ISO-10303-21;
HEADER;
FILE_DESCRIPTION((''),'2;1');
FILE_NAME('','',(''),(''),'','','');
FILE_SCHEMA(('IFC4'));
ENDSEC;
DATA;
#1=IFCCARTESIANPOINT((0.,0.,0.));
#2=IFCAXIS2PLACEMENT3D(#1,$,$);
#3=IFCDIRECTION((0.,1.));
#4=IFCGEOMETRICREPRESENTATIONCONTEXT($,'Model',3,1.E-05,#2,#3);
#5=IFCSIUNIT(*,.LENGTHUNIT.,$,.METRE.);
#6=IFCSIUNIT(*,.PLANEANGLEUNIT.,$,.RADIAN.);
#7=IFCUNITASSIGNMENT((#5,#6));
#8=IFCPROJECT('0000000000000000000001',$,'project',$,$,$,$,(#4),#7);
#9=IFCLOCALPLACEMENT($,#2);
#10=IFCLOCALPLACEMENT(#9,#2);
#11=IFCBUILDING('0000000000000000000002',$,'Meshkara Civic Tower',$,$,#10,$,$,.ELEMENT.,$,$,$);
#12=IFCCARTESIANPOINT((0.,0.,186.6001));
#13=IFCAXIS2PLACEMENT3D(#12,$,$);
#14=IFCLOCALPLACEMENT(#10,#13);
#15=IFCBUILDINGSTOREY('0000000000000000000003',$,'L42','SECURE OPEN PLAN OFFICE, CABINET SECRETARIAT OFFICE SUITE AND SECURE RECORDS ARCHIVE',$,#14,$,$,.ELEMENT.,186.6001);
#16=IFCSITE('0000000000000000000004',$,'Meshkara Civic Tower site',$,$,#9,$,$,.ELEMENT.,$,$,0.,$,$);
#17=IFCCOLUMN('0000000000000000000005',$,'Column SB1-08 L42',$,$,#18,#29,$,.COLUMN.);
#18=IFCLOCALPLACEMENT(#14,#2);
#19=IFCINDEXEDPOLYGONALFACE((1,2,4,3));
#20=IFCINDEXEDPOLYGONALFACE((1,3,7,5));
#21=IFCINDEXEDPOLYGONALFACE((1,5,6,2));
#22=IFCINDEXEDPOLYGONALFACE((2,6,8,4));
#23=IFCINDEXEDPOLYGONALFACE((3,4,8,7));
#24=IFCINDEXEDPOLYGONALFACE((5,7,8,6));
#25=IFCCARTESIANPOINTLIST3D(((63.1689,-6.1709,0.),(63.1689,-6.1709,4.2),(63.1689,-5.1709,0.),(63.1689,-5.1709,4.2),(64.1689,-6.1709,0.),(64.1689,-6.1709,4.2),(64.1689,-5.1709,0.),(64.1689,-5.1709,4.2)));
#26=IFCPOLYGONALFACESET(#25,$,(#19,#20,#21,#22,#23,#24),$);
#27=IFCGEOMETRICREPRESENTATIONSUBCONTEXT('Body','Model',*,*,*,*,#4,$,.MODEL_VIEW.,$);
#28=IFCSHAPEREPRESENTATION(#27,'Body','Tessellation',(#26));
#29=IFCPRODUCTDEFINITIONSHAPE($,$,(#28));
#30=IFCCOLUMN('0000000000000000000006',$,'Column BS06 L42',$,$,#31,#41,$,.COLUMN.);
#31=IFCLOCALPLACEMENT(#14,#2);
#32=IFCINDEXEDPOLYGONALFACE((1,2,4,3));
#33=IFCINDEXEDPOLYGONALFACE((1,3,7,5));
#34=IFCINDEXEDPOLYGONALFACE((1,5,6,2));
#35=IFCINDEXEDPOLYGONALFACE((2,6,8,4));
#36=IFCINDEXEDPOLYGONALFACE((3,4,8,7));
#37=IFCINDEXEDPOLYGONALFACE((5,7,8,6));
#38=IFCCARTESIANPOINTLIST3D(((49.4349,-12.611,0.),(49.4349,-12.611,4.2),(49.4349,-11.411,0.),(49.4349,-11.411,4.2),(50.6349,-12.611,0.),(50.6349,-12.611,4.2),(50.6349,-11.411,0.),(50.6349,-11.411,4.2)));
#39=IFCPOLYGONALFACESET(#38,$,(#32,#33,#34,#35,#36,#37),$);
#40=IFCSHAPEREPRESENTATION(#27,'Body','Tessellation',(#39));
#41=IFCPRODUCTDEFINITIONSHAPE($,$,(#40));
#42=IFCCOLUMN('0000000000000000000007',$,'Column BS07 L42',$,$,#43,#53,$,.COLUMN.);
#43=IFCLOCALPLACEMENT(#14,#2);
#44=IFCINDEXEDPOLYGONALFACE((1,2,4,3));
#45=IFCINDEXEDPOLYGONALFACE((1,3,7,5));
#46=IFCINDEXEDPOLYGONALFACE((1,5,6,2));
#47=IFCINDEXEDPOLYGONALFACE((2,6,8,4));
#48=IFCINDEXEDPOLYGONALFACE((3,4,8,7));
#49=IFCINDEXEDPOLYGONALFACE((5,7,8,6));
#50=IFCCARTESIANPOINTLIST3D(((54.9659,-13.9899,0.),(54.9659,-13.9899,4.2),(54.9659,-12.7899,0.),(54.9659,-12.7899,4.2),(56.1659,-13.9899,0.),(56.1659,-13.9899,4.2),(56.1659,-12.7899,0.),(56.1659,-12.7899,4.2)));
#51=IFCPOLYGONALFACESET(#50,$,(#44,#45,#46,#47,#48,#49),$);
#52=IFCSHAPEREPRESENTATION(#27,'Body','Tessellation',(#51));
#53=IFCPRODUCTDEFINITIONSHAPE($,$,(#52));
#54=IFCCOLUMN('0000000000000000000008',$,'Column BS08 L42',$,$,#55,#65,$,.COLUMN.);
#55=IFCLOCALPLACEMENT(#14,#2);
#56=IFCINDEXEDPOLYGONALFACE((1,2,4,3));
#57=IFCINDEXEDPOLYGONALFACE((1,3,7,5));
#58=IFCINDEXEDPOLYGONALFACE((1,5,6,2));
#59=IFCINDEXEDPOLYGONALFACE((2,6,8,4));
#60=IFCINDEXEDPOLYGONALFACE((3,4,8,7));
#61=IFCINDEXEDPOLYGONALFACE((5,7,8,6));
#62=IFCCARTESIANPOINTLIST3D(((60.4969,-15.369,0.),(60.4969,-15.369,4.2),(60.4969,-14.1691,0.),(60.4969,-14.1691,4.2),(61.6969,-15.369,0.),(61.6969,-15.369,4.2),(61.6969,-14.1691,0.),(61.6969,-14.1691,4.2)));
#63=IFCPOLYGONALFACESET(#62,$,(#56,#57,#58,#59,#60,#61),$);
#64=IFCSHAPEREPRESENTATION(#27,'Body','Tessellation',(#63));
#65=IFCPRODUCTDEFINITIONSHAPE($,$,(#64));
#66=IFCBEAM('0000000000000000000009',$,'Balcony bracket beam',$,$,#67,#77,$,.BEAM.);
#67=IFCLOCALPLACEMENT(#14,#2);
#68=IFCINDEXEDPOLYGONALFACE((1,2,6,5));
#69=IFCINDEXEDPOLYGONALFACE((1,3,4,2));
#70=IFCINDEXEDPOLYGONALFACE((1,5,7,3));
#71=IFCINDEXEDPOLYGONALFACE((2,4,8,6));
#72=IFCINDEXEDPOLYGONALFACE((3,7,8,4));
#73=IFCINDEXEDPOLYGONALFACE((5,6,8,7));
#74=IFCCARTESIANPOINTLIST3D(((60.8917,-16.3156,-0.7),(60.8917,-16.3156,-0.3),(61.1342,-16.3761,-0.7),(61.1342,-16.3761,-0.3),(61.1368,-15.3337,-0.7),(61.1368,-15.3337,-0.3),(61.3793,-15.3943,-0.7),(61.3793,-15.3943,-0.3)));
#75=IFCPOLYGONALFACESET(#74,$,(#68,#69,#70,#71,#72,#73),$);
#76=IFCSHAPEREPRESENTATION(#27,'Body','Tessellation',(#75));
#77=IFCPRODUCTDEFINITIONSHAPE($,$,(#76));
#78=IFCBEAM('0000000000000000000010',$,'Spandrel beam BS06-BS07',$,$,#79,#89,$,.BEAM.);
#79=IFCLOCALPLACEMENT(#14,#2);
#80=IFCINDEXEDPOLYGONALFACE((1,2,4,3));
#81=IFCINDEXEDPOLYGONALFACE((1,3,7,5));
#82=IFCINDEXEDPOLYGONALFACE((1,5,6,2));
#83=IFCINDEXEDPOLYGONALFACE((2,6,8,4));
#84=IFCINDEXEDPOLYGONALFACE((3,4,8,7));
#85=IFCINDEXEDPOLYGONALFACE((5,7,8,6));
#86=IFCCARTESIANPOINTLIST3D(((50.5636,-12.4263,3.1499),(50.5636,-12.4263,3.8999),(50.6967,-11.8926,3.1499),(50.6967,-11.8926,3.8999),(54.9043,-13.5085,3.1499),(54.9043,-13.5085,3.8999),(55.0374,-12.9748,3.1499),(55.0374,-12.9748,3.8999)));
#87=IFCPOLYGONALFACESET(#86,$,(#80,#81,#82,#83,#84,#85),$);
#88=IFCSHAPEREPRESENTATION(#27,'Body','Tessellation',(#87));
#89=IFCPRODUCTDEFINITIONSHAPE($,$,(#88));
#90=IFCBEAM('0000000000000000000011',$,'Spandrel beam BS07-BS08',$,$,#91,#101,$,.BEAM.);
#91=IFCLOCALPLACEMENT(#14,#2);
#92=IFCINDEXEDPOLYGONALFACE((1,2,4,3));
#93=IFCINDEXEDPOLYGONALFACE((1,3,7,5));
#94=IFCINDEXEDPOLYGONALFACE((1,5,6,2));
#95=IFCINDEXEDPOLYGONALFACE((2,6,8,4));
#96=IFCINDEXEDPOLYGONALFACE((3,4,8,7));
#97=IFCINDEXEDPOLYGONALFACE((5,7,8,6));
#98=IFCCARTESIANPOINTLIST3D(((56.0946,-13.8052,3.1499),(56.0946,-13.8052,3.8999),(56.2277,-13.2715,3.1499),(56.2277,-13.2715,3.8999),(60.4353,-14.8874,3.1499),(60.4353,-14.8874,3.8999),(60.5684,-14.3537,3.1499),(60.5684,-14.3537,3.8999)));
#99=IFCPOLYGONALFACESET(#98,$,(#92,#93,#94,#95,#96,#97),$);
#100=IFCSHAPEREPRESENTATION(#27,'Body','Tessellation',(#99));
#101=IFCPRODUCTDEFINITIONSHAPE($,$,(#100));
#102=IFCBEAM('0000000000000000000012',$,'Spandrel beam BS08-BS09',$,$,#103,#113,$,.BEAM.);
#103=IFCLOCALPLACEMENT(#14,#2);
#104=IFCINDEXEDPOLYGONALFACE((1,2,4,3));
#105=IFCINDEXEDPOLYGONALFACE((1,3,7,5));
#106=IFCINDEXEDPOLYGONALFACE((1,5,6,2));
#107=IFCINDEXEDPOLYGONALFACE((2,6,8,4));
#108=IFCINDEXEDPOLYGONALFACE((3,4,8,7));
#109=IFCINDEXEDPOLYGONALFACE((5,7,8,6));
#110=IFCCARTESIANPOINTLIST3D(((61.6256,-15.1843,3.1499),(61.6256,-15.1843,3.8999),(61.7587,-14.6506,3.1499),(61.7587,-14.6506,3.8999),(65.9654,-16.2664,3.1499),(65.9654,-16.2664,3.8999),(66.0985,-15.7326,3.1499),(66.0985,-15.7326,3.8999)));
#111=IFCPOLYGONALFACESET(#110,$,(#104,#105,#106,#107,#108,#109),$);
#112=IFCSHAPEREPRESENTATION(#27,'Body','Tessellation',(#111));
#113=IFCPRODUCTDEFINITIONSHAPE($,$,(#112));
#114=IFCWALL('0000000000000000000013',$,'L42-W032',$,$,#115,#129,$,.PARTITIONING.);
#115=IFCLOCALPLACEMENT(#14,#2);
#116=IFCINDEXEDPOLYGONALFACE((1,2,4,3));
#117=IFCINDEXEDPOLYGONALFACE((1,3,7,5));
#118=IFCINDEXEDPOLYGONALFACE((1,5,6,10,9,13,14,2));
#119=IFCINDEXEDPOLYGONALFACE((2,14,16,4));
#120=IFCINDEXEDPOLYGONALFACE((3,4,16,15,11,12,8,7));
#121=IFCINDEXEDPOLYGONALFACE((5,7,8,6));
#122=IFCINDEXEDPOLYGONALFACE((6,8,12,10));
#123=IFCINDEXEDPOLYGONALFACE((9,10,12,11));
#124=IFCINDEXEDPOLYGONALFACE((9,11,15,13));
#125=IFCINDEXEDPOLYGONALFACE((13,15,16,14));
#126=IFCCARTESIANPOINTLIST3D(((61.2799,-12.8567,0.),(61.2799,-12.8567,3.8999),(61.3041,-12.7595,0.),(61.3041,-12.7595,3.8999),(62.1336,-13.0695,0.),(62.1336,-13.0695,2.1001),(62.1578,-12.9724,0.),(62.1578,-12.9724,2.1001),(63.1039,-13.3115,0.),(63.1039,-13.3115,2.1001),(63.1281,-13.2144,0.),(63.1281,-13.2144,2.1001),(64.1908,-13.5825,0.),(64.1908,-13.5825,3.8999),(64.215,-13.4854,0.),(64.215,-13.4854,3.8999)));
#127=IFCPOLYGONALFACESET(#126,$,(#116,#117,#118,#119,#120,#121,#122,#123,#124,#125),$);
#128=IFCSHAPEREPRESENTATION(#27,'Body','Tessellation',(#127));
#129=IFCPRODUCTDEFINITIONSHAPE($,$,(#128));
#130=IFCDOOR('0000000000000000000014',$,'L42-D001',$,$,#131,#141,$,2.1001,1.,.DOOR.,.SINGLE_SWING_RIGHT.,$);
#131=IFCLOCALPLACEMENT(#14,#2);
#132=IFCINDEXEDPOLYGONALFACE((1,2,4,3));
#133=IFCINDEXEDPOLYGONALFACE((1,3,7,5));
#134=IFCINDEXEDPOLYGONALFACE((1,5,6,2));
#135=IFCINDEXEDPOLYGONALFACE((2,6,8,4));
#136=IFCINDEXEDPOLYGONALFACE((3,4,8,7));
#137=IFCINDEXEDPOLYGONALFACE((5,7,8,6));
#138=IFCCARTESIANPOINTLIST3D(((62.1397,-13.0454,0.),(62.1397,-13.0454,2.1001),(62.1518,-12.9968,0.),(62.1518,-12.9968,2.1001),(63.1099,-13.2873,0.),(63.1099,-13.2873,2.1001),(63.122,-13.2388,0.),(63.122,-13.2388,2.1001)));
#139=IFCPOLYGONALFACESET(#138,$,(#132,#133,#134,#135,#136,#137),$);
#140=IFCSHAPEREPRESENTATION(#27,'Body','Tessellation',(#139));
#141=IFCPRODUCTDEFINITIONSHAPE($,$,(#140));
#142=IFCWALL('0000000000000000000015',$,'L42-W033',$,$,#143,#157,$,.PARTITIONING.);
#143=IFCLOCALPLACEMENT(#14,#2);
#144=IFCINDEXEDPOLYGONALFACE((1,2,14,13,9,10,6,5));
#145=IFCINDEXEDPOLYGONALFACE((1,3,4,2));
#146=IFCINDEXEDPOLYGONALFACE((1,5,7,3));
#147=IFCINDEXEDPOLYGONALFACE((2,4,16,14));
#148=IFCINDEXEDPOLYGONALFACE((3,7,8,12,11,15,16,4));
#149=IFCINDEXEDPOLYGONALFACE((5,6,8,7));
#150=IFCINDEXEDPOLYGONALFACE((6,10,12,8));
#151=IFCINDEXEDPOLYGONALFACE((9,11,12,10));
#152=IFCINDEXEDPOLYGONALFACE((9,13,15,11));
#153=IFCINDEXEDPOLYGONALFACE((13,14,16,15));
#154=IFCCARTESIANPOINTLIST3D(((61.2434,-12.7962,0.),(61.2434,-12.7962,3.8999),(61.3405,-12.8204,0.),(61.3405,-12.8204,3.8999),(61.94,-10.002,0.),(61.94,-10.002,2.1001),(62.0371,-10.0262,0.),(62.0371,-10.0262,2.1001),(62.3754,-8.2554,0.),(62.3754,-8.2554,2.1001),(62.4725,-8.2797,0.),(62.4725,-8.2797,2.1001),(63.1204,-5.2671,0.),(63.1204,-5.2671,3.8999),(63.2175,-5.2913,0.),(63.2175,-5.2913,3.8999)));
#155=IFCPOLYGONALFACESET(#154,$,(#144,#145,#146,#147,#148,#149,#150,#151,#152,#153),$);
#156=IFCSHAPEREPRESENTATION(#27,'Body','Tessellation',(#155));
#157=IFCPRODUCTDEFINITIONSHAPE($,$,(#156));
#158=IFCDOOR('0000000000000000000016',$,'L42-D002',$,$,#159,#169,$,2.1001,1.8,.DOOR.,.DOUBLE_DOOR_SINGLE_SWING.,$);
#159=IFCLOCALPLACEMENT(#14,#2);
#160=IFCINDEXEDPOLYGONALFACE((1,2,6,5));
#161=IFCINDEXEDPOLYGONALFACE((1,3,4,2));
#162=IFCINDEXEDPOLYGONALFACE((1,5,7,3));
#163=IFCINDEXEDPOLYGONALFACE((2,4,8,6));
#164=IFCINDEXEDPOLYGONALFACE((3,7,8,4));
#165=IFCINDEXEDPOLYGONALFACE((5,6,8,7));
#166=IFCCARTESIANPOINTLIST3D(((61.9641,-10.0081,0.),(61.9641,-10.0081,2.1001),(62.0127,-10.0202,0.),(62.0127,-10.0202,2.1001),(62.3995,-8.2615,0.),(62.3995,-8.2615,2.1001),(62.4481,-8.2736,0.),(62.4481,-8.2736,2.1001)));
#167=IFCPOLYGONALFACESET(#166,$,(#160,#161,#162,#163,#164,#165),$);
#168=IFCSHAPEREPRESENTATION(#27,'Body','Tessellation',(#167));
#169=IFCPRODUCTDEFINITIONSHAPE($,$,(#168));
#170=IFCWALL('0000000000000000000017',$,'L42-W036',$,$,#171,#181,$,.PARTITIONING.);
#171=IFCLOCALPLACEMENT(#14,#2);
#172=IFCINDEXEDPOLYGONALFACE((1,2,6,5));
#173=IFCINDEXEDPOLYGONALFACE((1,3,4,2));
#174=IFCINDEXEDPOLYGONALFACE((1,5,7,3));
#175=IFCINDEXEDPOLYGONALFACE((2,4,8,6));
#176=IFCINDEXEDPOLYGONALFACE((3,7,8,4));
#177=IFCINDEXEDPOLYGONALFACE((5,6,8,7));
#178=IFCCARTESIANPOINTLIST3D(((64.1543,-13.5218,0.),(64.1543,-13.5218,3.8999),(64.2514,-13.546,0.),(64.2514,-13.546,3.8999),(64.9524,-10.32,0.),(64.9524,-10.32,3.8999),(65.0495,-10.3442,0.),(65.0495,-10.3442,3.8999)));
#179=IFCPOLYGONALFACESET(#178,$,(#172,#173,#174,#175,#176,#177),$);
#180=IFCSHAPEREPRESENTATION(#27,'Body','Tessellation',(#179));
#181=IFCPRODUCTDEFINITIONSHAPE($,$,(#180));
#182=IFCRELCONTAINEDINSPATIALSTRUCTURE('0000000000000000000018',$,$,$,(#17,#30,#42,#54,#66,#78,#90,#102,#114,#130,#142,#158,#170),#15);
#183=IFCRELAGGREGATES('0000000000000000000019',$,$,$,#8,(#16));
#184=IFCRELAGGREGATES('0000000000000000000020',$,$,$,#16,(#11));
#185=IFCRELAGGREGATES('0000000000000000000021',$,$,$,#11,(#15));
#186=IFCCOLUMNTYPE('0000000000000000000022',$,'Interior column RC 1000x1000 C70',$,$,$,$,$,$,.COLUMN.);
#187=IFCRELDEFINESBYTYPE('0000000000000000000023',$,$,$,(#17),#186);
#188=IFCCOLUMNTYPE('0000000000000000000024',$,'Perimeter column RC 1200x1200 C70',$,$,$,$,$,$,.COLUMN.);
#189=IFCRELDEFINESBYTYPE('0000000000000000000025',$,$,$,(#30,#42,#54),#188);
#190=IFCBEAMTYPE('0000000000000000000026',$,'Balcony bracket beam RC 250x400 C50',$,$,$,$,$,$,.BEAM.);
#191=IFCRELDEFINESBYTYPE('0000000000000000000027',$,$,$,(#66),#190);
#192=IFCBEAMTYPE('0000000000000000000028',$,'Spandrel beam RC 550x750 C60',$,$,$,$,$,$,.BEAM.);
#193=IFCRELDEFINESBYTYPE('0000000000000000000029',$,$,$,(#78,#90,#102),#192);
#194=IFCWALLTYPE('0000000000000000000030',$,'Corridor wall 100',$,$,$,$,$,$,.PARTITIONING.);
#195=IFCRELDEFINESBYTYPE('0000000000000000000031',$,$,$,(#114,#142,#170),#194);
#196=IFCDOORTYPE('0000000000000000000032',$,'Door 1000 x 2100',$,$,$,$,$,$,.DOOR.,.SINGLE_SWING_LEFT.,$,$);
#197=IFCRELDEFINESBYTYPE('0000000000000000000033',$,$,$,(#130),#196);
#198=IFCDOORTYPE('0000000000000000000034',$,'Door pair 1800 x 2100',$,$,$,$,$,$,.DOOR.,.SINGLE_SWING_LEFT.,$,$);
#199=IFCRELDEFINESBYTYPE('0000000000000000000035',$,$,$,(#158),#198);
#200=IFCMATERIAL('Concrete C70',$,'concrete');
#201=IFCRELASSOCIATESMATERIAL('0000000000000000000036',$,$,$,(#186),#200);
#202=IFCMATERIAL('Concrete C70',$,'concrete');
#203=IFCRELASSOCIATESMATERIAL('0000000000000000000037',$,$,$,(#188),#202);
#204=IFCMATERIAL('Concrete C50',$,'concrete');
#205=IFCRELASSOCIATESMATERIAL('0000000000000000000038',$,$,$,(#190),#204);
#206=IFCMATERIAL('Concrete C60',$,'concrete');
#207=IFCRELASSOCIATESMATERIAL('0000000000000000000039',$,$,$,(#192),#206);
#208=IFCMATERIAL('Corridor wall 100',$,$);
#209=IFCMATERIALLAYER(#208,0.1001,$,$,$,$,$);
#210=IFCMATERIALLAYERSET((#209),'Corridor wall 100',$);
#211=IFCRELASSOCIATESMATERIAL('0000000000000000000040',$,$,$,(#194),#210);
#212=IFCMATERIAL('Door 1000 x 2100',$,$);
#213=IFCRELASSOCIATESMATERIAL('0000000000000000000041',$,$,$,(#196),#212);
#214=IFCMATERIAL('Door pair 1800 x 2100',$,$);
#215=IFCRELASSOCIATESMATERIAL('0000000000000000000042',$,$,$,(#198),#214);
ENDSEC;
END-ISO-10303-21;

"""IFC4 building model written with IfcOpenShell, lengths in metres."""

from ifc_helpers import new_model, si_unit, direction, frame, frame_2d, origin, origin_2d, place, context, subcontext, project, spatial, rectangle, extrude, material, layer, layer_set, material_profile, profile_set, type_object, element, fill, save


model = new_model("IFC4")

# Units and contexts
model_context = context("Model", 3, precision=1e-05, world=origin(), true_north=direction((0.0, 1.0)))
body_context = subcontext(model_context, "Body", "Model", "MODEL_VIEW")
ifc_project = project(units=[si_unit("LENGTHUNIT", "METRE"), si_unit("PLANEANGLEUNIT", "RADIAN")], contexts=[model_context])

# Site, building, storey
site_placement = place(None, origin())
site = spatial("IfcSite", under=ifc_project, at=site_placement, Name="Meshkara Civic Tower site", CompositionType="ELEMENT", RefElevation=0.0)
building_placement = place(site_placement, origin())
building = spatial("IfcBuilding", under=site, at=building_placement, Name="Meshkara Civic Tower", CompositionType="ELEMENT")
storey_placement = place(building_placement, frame((0.0, 0.0, 186.6001)))
storey = spatial("IfcBuildingStorey", under=building, at=storey_placement, Name="L42", Description="SECURE OPEN PLAN OFFICE, CABINET SECRETARIAT OFFICE SUITE AND SECURE RECORDS ARCHIVE", CompositionType="ELEMENT", Elevation=186.6001)

# Columns
ifc_material_1 = material(Name="Concrete C70", Category="concrete")
ifc_material_profile_1 = material_profile(ifc_material_1, rectangle(XDim=1.0, YDim=1.0, at=origin_2d()))
ifc_profile_set_1 = profile_set([ifc_material_profile_1], Name="Concrete C70")
column_type_1 = type_object("IfcColumnType", Name="Interior column RC 1000x1000 C70", PredefinedType="COLUMN", material=ifc_profile_set_1)
column_placement = place(storey_placement, frame((63.6689, -5.6709, 0.0), z_axis=(0.0, 0.0, 1.0), x_axis=(1.0, 0.0, 0.0)))
element("IfcColumn", 1, at=column_placement, inside=storey, type_object=column_type_1, Name="Column SB1-08 L42", PredefinedType="COLUMN", context=body_context, shape_type="SweptSolid", body=[
    extrude(rectangle(XDim=1.0, YDim=1.0, at=origin_2d()), origin(), (0.0, 0.0, 1.0), 4.2),
])
ifc_material_2 = material(Name="Concrete C70", Category="concrete")
ifc_material_profile_2 = material_profile(ifc_material_2, rectangle(XDim=1.2, YDim=1.2, at=origin_2d()))
ifc_profile_set_2 = profile_set([ifc_material_profile_2], Name="Concrete C70")
column_type_2 = type_object("IfcColumnType", Name="Perimeter column RC 1200x1200 C70", PredefinedType="COLUMN", material=ifc_profile_set_2)
for number, where, z_axis, x_axis, name in (
    (2, (50.0349, -12.011, 0.0), (0.0, 0.0, 1.0), (1.0, 0.0, 0.0), "Column BS06 L42"),
    (3, (55.5659, -13.3899, 0.0), (0.0, 0.0, 1.0), (1.0, 0.0, 0.0), "Column BS07 L42"),
    (4, (61.0969, -14.769, 0.0), (0.0, 0.0, 1.0), (1.0, 0.0, 0.0), "Column BS08 L42"),
):
    element("IfcColumn", number, at=place(storey_placement, frame(where, z_axis=z_axis, x_axis=x_axis)), inside=storey, type_object=column_type_2, Name=name, PredefinedType="COLUMN", context=body_context, shape_type="SweptSolid", body=[
        extrude(rectangle(XDim=1.2, YDim=1.2, at=origin_2d()), origin(), (0.0, 0.0, 1.0), 4.2),
    ])

# Beams
ifc_material_3 = material(Name="Concrete C50", Category="concrete")
ifc_material_profile_3 = material_profile(ifc_material_3, rectangle(XDim=0.25, YDim=0.3999, at=origin_2d()))
ifc_profile_set_3 = profile_set([ifc_material_profile_3], Name="Concrete C50")
beam_type_1 = type_object("IfcBeamType", Name="Balcony bracket beam RC 250x400 C50", PredefinedType="BEAM", material=ifc_profile_set_3)
beam_1_placement = place(storey_placement, frame((61.2581, -15.364, -0.5), z_axis=(-0.242195, -0.970228, 0.0), x_axis=(0.970228, -0.242195, 0.0)))
element("IfcBeam", 5, at=beam_1_placement, inside=storey, type_object=beam_type_1, Name="Balcony bracket beam", PredefinedType="BEAM", context=body_context, shape_type="SweptSolid", body=[
    extrude(rectangle(XDim=0.25, YDim=0.3999, at=origin_2d()), origin(), (0.0, 0.0, 1.0), 1.012),
])
ifc_material_4 = material(Name="Concrete C60", Category="concrete")
ifc_material_profile_4 = material_profile(ifc_material_4, rectangle(XDim=0.55, YDim=0.75, at=origin_2d()))
ifc_profile_set_4 = profile_set([ifc_material_profile_4], Name="Concrete C60")
beam_type_2 = type_object("IfcBeamType", Name="Spandrel beam RC 550x750 C60", PredefinedType="BEAM", material=ifc_profile_set_4)
for number, where, z_axis, x_axis, name in (
    (6, (50.6301, -12.1594, 3.5249), (0.970296, -0.241919, 0.0), (0.241919, 0.970296, 0.0), "Spandrel beam BS06-BS07"),
    (7, (56.1611, -13.5383, 3.5249), (0.970296, -0.241919, 0.0), (0.241919, 0.970296, 0.0), "Spandrel beam BS07-BS08"),
):
    element("IfcBeam", number, at=place(storey_placement, frame(where, z_axis=z_axis, x_axis=x_axis)), inside=storey, type_object=beam_type_2, Name=name, PredefinedType="BEAM", context=body_context, shape_type="SweptSolid", body=[
        extrude(rectangle(XDim=0.55, YDim=0.75, at=origin_2d()), origin(), (0.0, 0.0, 1.0), 4.4736),
    ])
beam_2_placement = place(storey_placement, frame((61.6921, -14.9175, 3.5249), z_axis=(0.970296, -0.241919, 0.0), x_axis=(0.241919, 0.970296, 0.0)))
element("IfcBeam", 8, at=beam_2_placement, inside=storey, type_object=beam_type_2, Name="Spandrel beam BS08-BS09", PredefinedType="BEAM", context=body_context, shape_type="SweptSolid", body=[
    extrude(rectangle(XDim=0.55, YDim=0.75, at=origin_2d()), origin(), (0.0, 0.0, 1.0), 4.4727),
])

# Walls, openings, doors
ifc_material_5 = material(Name="Corridor wall 100")
ifc_layer_1 = layer(ifc_material_5, 0.1001)
ifc_layer_set_1 = layer_set([ifc_layer_1], Name="Corridor wall 100")
wall_type_1 = type_object("IfcWallType", Name="Corridor wall 100", PredefinedType="PARTITIONING", material=ifc_layer_set_1)
wall_1_placement = place(storey_placement, frame((61.292, -12.8081, 0.0), z_axis=(0.0, 0.0, 1.0), x_axis=(0.970291, -0.241942, 0.0)))
wall_1 = element("IfcWall", 9, at=wall_1_placement, inside=storey, type_object=wall_type_1, Name="L42-W032", PredefinedType="PARTITIONING", context=body_context, shape_type="SweptSolid", body=[
    extrude(rectangle(XDim=3.0, YDim=0.1001, at=frame_2d((1.5, 0.0))), origin(), (0.0, 0.0, 1.0), 3.8999),
])
opening_1_placement = place(wall_1_placement, frame((0.8799, 0.0, 0.0)))
opening_1 = element("IfcOpeningElement", 10, at=opening_1_placement, cuts=wall_1, PredefinedType="OPENING", context=body_context, shape_type="SweptSolid", body=[
    extrude(rectangle(XDim=1.0, YDim=2.1001, at=frame_2d((0.5, 1.05))), frame((0.0, 0.0601, 0.0), z_axis=(0.0, -1.0, 0.0), x_axis=(1.0, 0.0, 0.0)), (0.0, 0.0, 1.0), 0.1201),
])
ifc_material_6 = material(Name="Door 1000 x 2100")
door_type_1 = type_object("IfcDoorType", Name="Door 1000 x 2100", OperationType="SINGLE_SWING_LEFT", PredefinedType="DOOR", material=ifc_material_6)
door_1_placement = place(opening_1_placement, origin())
door_1 = element("IfcDoor", 11, at=door_1_placement, inside=storey, type_object=door_type_1, Name="L42-D001", OperationType="SINGLE_SWING_RIGHT", OverallHeight=2.1001, OverallWidth=1.0, PredefinedType="DOOR", context=body_context, shape_type="SweptSolid", body=[
    extrude(rectangle(XDim=1.0, YDim=2.1001, at=frame_2d((0.5, 1.05))), frame((0.0, 0.0249, 0.0), z_axis=(0.0, -1.0, 0.0), x_axis=(1.0, 0.0, 0.0)), (0.0, 0.0, 1.0), 0.05),
])
fill(opening_1, door_1)
wall_2_placement = place(storey_placement, frame((63.1689, -5.2791, 0.0), z_axis=(0.0, 0.0, 1.0), x_axis=(-0.241891, -0.970303, 0.0)))
wall_2 = element("IfcWall", 12, at=wall_2_placement, inside=storey, type_object=wall_type_1, Name="L42-W033", PredefinedType="PARTITIONING", context=body_context, shape_type="SweptSolid", body=[
    extrude(rectangle(XDim=7.7595, YDim=0.1001, at=frame_2d((3.8799, 0.0))), origin(), (0.0, 0.0, 1.0), 3.8999),
])
opening_2_placement = place(wall_2_placement, frame((3.0801, 0.0, 0.0)))
opening_2 = element("IfcOpeningElement", 13, at=opening_2_placement, cuts=wall_2, PredefinedType="OPENING", context=body_context, shape_type="SweptSolid", body=[
    extrude(rectangle(XDim=1.8, YDim=2.1001, at=frame_2d((0.8999, 1.05))), frame((0.0, 0.0601, 0.0), z_axis=(0.0, -1.0, 0.0), x_axis=(1.0, 0.0, 0.0)), (0.0, 0.0, 1.0), 0.1201),
])
ifc_material_7 = material(Name="Door pair 1800 x 2100")
door_type_2 = type_object("IfcDoorType", Name="Door pair 1800 x 2100", OperationType="SINGLE_SWING_LEFT", PredefinedType="DOOR", material=ifc_material_7)
door_2_placement = place(opening_2_placement, origin())
door_2 = element("IfcDoor", 14, at=door_2_placement, inside=storey, type_object=door_type_2, Name="L42-D002", OperationType="DOUBLE_DOOR_SINGLE_SWING", OverallHeight=2.1001, OverallWidth=1.8, PredefinedType="DOOR", context=body_context, shape_type="SweptSolid", body=[
    extrude(rectangle(XDim=1.8, YDim=2.1001, at=frame_2d((0.8999, 1.05))), frame((0.0, 0.0249, 0.0), z_axis=(0.0, -1.0, 0.0), x_axis=(1.0, 0.0, 0.0)), (0.0, 0.0, 1.0), 0.05),
])
fill(opening_2, door_2)

# Wall
wall_3_placement = place(storey_placement, frame((64.2029, -13.5339, 0.0), z_axis=(0.0, 0.0, 1.0), x_axis=(0.241857, 0.970312, 0.0)))
element("IfcWall", 15, at=wall_3_placement, inside=storey, type_object=wall_type_1, Name="L42-W036", PredefinedType="PARTITIONING", context=body_context, shape_type="SweptSolid", body=[
    extrude(rectangle(XDim=3.2998, YDim=0.1001, at=frame_2d((1.6499, 0.0))), origin(), (0.0, 0.0, 1.0), 3.8999),
])

save(model, "model.ifc")
